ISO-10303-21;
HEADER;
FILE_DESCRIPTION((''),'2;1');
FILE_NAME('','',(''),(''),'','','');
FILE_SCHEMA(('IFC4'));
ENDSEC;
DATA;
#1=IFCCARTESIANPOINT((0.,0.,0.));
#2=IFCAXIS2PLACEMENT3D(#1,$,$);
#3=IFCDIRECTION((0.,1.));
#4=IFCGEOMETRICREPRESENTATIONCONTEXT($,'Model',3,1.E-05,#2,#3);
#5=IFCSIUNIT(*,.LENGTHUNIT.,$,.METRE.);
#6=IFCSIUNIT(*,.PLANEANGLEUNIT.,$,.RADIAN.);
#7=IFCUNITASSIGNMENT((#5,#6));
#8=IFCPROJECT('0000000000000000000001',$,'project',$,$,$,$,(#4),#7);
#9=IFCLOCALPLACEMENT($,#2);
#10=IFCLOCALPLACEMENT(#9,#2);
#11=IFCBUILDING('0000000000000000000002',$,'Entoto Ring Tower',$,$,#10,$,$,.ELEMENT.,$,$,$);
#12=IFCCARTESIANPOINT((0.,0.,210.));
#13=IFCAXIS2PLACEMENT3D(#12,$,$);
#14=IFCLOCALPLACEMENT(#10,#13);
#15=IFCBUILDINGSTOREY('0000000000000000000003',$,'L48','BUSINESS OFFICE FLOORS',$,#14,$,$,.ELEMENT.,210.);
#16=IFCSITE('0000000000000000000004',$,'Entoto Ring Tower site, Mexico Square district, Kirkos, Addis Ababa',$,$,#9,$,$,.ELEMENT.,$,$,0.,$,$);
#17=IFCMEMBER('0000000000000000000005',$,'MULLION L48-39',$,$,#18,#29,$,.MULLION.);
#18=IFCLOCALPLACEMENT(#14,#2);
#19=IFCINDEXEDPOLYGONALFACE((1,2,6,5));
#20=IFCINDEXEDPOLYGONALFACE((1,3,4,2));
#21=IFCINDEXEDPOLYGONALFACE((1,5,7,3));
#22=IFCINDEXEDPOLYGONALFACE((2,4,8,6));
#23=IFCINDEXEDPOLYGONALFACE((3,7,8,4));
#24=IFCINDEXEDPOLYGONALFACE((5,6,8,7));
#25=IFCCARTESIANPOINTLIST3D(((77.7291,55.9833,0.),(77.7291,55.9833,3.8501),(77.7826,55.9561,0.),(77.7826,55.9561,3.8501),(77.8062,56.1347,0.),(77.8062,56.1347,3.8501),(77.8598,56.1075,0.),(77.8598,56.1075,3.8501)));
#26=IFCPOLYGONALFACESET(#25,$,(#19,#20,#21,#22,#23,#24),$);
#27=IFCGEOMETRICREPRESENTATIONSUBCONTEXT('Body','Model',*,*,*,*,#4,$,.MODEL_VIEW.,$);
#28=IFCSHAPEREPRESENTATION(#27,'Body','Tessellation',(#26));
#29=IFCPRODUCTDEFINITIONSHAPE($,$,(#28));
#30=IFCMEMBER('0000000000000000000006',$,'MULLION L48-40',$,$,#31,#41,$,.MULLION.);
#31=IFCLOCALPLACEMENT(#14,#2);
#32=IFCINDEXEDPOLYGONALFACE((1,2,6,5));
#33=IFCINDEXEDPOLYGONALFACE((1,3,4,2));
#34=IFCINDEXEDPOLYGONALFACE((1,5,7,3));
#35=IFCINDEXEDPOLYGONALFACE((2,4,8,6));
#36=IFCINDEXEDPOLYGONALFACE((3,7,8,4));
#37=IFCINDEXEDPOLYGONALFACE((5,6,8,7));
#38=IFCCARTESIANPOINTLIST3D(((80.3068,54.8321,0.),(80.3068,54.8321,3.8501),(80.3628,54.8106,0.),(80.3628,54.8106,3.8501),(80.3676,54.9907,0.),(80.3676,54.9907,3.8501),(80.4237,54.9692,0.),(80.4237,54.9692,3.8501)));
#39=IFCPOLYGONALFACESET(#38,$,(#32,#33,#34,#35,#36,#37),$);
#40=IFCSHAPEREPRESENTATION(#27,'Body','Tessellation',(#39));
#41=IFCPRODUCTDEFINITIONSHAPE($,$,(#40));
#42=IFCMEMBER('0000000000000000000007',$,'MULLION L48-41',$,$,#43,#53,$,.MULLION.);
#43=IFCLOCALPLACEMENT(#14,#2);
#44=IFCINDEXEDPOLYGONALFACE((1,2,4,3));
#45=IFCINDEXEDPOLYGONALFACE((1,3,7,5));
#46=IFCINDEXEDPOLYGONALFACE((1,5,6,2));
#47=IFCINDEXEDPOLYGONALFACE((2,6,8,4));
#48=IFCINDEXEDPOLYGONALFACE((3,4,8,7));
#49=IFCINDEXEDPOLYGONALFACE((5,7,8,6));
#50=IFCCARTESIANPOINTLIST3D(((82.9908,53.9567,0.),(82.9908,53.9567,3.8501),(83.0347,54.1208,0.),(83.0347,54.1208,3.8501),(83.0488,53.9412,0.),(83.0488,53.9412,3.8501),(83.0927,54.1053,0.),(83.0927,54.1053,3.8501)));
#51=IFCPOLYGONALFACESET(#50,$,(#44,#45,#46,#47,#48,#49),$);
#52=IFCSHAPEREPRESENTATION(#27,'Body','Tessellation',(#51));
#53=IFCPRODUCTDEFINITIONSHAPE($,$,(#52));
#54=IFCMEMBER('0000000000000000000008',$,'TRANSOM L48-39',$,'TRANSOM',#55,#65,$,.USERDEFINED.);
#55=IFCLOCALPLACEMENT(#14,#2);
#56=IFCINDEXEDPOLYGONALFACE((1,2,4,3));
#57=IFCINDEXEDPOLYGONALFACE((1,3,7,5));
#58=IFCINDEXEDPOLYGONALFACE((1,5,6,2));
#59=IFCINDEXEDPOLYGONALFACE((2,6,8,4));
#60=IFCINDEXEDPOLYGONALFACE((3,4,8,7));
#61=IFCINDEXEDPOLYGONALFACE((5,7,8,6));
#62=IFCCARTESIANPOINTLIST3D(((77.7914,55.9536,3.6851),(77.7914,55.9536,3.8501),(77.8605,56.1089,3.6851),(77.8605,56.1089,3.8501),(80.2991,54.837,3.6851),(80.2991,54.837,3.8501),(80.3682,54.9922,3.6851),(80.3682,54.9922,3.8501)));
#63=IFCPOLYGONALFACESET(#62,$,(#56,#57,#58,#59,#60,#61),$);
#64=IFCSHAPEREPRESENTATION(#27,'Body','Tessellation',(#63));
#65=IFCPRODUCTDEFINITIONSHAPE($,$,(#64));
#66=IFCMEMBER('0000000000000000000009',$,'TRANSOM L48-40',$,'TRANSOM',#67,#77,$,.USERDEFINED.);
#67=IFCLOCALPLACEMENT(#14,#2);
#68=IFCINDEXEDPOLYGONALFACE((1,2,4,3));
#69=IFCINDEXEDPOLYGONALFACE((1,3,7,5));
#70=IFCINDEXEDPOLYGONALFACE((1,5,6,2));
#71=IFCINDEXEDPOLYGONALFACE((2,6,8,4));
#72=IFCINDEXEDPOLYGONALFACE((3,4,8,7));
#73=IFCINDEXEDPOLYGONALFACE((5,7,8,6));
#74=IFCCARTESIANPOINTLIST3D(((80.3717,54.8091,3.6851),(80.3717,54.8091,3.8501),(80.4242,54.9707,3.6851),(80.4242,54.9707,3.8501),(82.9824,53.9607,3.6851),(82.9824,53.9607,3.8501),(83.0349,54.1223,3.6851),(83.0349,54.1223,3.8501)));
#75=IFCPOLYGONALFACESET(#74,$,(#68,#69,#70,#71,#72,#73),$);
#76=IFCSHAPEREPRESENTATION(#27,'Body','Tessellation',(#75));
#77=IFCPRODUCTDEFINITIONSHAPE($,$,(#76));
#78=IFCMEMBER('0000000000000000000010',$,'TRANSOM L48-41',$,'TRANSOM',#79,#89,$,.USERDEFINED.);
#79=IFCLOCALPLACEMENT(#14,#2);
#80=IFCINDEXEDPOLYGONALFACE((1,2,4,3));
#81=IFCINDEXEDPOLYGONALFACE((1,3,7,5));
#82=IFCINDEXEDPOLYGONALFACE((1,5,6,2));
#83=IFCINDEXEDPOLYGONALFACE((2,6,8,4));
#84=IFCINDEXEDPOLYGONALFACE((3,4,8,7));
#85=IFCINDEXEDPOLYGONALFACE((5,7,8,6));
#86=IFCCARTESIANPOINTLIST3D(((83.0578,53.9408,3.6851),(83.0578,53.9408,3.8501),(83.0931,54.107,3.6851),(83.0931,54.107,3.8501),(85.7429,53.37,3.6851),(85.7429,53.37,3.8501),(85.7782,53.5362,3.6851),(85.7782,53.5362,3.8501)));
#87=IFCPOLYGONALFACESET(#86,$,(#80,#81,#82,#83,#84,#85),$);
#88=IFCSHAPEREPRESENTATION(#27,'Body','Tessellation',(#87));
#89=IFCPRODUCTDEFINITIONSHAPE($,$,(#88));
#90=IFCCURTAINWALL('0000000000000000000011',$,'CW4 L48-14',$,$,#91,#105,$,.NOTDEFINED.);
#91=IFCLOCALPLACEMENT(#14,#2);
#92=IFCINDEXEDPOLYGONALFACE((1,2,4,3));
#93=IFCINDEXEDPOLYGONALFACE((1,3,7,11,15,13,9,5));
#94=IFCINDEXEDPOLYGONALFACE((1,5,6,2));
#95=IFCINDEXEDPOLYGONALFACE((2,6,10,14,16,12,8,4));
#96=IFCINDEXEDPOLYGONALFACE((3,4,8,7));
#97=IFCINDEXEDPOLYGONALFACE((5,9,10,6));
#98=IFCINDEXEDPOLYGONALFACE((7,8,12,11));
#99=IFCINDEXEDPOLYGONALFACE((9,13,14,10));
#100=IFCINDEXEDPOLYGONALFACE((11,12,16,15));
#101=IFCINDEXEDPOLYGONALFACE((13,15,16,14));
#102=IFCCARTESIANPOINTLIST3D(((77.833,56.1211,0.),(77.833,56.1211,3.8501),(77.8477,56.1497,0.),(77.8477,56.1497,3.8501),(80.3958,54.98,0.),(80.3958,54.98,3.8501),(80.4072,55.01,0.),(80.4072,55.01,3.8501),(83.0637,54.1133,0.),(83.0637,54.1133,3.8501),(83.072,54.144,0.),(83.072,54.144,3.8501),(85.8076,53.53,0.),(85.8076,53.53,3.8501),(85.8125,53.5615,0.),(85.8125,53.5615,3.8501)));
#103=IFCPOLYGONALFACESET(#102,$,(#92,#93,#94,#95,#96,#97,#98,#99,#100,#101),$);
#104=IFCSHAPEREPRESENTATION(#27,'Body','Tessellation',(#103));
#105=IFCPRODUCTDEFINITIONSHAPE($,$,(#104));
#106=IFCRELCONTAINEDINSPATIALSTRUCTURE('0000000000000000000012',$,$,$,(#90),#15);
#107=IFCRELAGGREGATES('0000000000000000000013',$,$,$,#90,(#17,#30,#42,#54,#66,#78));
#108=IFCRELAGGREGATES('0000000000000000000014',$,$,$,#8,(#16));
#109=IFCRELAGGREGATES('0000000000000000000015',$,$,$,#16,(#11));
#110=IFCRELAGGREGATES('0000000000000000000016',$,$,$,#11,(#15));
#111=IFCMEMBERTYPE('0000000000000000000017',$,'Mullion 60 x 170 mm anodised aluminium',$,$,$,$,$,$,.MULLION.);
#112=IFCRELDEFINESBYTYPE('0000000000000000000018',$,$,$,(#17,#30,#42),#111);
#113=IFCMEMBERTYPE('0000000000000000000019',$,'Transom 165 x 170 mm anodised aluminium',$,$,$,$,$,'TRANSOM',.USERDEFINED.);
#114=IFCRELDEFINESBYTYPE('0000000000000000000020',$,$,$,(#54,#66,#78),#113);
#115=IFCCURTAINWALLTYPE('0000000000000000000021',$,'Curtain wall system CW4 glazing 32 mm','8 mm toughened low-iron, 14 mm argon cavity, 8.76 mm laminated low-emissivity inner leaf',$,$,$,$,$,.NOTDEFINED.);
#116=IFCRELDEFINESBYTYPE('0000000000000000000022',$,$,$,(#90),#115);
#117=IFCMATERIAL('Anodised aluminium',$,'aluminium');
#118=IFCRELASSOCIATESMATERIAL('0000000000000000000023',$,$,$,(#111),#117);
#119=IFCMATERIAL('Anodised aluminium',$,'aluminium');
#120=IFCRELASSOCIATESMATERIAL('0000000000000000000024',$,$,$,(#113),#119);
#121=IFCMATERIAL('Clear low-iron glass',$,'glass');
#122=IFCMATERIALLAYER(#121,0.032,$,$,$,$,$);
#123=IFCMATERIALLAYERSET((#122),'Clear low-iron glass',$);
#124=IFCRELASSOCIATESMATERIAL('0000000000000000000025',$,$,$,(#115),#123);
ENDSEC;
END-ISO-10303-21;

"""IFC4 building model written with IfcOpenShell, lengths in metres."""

from ifc_helpers import new_model, si_unit, direction, frame, origin, origin_2d, place, context, subcontext, project, spatial, polyline, rectangle, outline, extrude, material, layer, layer_set, material_profile, profile_set, type_object, element, aggregate, save


model = new_model("IFC4")

# Units and contexts
model_context = context("Model", 3, precision=1e-05, world=origin(), true_north=direction((0.0, 1.0)))
body_context = subcontext(model_context, "Body", "Model", "MODEL_VIEW")
ifc_project = project(units=[si_unit("LENGTHUNIT", "METRE"), si_unit("PLANEANGLEUNIT", "RADIAN")], contexts=[model_context])

# Members
ifc_material_1 = material(Name="Anodised aluminium", Category="aluminium")
ifc_material_profile_1 = material_profile(ifc_material_1, rectangle(XDim=0.0601, YDim=0.1699, at=origin_2d()), Name="Mullion 60 x 170 mm anodised aluminium")
ifc_profile_set_1 = profile_set([ifc_material_profile_1], Name="Anodised aluminium")
member_type_1 = type_object("IfcMemberType", Name="Mullion 60 x 170 mm anodised aluminium", PredefinedType="MULLION", material=ifc_profile_set_1)
site_placement = place(None, origin())
building_placement = place(site_placement, origin())
storey_placement = place(building_placement, frame((0.0, 0.0, 210.0)))
member_1_placement = place(storey_placement, frame((77.7944, 56.0454, 0.0), z_axis=(0.0, 0.0, 1.0), x_axis=(0.891007, -0.45399, 0.0)))
member_1 = element("IfcMember", 1, at=member_1_placement, type_object=member_type_1, Name="MULLION L48-39", PredefinedType="MULLION", context=body_context, shape_type="SweptSolid", body=[
    extrude(rectangle(XDim=0.0601, YDim=0.1699, at=origin_2d()), origin(), (0.0, 0.0, 1.0), 3.8501),
])
member_2_placement = place(storey_placement, frame((80.3652, 54.9006, 0.0), z_axis=(0.0, 0.0, 1.0), x_axis=(0.93358, -0.358368, 0.0)))
member_2 = element("IfcMember", 2, at=member_2_placement, type_object=member_type_1, Name="MULLION L48-40", PredefinedType="MULLION", context=body_context, shape_type="SweptSolid", body=[
    extrude(rectangle(XDim=0.0601, YDim=0.1699, at=origin_2d()), origin(), (0.0, 0.0, 1.0), 3.8501),
])
member_3_placement = place(storey_placement, frame((83.0417, 54.031, 0.0), z_axis=(0.0, 0.0, 1.0), x_axis=(0.965926, -0.258819, 0.0)))
member_3 = element("IfcMember", 3, at=member_3_placement, type_object=member_type_1, Name="MULLION L48-41", PredefinedType="MULLION", context=body_context, shape_type="SweptSolid", body=[
    extrude(rectangle(XDim=0.0601, YDim=0.1699, at=origin_2d()), origin(), (0.0, 0.0, 1.0), 3.8501),
])
ifc_material_2 = material(Name="Anodised aluminium", Category="aluminium")
ifc_material_profile_2 = material_profile(ifc_material_2, rectangle(XDim=0.1699, YDim=0.165, at=origin_2d()), Name="Transom 165 x 170 mm anodised aluminium")
ifc_profile_set_2 = profile_set([ifc_material_profile_2], Name="Anodised aluminium")
member_type_2 = type_object("IfcMemberType", Name="Transom 165 x 170 mm anodised aluminium", ElementType="TRANSOM", PredefinedType="USERDEFINED", material=ifc_profile_set_2)
member_4_placement = place(storey_placement, frame((77.8259, 56.0312, 3.7676), z_axis=(0.913525, -0.406782, 0.0), x_axis=(0.406782, 0.913525, 0.0)))
member_4 = element("IfcMember", 4, at=member_4_placement, type_object=member_type_2, Name="TRANSOM L48-39", ObjectType="TRANSOM", PredefinedType="USERDEFINED", context=body_context, shape_type="SweptSolid", body=[
    extrude(rectangle(XDim=0.1699, YDim=0.165, at=origin_2d()), origin(), (0.0, 0.0, 1.0), 2.7451),
])
member_5_placement = place(storey_placement, frame((80.3979, 54.8899, 3.7676), z_axis=(0.951048, -0.309042, 0.0), x_axis=(0.309042, 0.951048, 0.0)))
member_5 = element("IfcMember", 5, at=member_5_placement, type_object=member_type_2, Name="TRANSOM L48-40", ObjectType="TRANSOM", PredefinedType="USERDEFINED", context=body_context, shape_type="SweptSolid", body=[
    extrude(rectangle(XDim=0.1699, YDim=0.165, at=origin_2d()), origin(), (0.0, 0.0, 1.0), 2.7451),
])
member_6_placement = place(storey_placement, frame((83.0754, 54.0239, 3.7676), z_axis=(0.978142, -0.207937, 0.0), x_axis=(0.207937, 0.978142, 0.0)))
member_6 = element("IfcMember", 6, at=member_6_placement, type_object=member_type_2, Name="TRANSOM L48-41", ObjectType="TRANSOM", PredefinedType="USERDEFINED", context=body_context, shape_type="SweptSolid", body=[
    extrude(rectangle(XDim=0.1699, YDim=0.165, at=origin_2d()), origin(), (0.0, 0.0, 1.0), 2.7451),
])

# Site, building, storey
site = spatial("IfcSite", under=ifc_project, at=site_placement, Name="Entoto Ring Tower site, Mexico Square district, Kirkos, Addis Ababa", CompositionType="ELEMENT", RefElevation=0.0)
building = spatial("IfcBuilding", under=site, at=building_placement, Name="Entoto Ring Tower", CompositionType="ELEMENT")
storey = spatial("IfcBuildingStorey", under=building, at=storey_placement, Name="L48", Description="BUSINESS OFFICE FLOORS", CompositionType="ELEMENT", Elevation=210.0)

# Curtain wall
ifc_material_3 = material(Name="Clear low-iron glass", Category="glass")
ifc_layer = layer(ifc_material_3, 0.032)
ifc_layer_set = layer_set([ifc_layer], Name="Clear low-iron glass")
curtain_wall_type = type_object("IfcCurtainWallType", Name="Curtain wall system CW4 glazing 32 mm", Description="8 mm toughened low-iron, 14 mm argon cavity, 8.76 mm laminated low-emissivity inner leaf", PredefinedType="NOTDEFINED", material=ifc_layer_set)
curtain_wall_1_placement = place(storey_placement, origin())
curtain_wall_1 = element("IfcCurtainWall", 7, at=curtain_wall_1_placement, inside=storey, type_object=curtain_wall_type, Name="CW4 L48-14", PredefinedType="NOTDEFINED", context=body_context, shape_type="SweptSolid", body=[
    extrude(outline(polyline([(77.833, 56.1211), (80.3958, 54.98), (83.0637, 54.1133), (85.8076, 53.53), (85.8125, 53.5615), (83.072, 54.144), (80.4072, 55.01), (77.8477, 56.1497), (77.833, 56.1211)])), origin(), (0.0, 0.0, 1.0), 3.8501),
])
aggregate(curtain_wall_1, [member_1, member_2, member_3, member_4, member_5, member_6])

save(model, "model.ifc")
